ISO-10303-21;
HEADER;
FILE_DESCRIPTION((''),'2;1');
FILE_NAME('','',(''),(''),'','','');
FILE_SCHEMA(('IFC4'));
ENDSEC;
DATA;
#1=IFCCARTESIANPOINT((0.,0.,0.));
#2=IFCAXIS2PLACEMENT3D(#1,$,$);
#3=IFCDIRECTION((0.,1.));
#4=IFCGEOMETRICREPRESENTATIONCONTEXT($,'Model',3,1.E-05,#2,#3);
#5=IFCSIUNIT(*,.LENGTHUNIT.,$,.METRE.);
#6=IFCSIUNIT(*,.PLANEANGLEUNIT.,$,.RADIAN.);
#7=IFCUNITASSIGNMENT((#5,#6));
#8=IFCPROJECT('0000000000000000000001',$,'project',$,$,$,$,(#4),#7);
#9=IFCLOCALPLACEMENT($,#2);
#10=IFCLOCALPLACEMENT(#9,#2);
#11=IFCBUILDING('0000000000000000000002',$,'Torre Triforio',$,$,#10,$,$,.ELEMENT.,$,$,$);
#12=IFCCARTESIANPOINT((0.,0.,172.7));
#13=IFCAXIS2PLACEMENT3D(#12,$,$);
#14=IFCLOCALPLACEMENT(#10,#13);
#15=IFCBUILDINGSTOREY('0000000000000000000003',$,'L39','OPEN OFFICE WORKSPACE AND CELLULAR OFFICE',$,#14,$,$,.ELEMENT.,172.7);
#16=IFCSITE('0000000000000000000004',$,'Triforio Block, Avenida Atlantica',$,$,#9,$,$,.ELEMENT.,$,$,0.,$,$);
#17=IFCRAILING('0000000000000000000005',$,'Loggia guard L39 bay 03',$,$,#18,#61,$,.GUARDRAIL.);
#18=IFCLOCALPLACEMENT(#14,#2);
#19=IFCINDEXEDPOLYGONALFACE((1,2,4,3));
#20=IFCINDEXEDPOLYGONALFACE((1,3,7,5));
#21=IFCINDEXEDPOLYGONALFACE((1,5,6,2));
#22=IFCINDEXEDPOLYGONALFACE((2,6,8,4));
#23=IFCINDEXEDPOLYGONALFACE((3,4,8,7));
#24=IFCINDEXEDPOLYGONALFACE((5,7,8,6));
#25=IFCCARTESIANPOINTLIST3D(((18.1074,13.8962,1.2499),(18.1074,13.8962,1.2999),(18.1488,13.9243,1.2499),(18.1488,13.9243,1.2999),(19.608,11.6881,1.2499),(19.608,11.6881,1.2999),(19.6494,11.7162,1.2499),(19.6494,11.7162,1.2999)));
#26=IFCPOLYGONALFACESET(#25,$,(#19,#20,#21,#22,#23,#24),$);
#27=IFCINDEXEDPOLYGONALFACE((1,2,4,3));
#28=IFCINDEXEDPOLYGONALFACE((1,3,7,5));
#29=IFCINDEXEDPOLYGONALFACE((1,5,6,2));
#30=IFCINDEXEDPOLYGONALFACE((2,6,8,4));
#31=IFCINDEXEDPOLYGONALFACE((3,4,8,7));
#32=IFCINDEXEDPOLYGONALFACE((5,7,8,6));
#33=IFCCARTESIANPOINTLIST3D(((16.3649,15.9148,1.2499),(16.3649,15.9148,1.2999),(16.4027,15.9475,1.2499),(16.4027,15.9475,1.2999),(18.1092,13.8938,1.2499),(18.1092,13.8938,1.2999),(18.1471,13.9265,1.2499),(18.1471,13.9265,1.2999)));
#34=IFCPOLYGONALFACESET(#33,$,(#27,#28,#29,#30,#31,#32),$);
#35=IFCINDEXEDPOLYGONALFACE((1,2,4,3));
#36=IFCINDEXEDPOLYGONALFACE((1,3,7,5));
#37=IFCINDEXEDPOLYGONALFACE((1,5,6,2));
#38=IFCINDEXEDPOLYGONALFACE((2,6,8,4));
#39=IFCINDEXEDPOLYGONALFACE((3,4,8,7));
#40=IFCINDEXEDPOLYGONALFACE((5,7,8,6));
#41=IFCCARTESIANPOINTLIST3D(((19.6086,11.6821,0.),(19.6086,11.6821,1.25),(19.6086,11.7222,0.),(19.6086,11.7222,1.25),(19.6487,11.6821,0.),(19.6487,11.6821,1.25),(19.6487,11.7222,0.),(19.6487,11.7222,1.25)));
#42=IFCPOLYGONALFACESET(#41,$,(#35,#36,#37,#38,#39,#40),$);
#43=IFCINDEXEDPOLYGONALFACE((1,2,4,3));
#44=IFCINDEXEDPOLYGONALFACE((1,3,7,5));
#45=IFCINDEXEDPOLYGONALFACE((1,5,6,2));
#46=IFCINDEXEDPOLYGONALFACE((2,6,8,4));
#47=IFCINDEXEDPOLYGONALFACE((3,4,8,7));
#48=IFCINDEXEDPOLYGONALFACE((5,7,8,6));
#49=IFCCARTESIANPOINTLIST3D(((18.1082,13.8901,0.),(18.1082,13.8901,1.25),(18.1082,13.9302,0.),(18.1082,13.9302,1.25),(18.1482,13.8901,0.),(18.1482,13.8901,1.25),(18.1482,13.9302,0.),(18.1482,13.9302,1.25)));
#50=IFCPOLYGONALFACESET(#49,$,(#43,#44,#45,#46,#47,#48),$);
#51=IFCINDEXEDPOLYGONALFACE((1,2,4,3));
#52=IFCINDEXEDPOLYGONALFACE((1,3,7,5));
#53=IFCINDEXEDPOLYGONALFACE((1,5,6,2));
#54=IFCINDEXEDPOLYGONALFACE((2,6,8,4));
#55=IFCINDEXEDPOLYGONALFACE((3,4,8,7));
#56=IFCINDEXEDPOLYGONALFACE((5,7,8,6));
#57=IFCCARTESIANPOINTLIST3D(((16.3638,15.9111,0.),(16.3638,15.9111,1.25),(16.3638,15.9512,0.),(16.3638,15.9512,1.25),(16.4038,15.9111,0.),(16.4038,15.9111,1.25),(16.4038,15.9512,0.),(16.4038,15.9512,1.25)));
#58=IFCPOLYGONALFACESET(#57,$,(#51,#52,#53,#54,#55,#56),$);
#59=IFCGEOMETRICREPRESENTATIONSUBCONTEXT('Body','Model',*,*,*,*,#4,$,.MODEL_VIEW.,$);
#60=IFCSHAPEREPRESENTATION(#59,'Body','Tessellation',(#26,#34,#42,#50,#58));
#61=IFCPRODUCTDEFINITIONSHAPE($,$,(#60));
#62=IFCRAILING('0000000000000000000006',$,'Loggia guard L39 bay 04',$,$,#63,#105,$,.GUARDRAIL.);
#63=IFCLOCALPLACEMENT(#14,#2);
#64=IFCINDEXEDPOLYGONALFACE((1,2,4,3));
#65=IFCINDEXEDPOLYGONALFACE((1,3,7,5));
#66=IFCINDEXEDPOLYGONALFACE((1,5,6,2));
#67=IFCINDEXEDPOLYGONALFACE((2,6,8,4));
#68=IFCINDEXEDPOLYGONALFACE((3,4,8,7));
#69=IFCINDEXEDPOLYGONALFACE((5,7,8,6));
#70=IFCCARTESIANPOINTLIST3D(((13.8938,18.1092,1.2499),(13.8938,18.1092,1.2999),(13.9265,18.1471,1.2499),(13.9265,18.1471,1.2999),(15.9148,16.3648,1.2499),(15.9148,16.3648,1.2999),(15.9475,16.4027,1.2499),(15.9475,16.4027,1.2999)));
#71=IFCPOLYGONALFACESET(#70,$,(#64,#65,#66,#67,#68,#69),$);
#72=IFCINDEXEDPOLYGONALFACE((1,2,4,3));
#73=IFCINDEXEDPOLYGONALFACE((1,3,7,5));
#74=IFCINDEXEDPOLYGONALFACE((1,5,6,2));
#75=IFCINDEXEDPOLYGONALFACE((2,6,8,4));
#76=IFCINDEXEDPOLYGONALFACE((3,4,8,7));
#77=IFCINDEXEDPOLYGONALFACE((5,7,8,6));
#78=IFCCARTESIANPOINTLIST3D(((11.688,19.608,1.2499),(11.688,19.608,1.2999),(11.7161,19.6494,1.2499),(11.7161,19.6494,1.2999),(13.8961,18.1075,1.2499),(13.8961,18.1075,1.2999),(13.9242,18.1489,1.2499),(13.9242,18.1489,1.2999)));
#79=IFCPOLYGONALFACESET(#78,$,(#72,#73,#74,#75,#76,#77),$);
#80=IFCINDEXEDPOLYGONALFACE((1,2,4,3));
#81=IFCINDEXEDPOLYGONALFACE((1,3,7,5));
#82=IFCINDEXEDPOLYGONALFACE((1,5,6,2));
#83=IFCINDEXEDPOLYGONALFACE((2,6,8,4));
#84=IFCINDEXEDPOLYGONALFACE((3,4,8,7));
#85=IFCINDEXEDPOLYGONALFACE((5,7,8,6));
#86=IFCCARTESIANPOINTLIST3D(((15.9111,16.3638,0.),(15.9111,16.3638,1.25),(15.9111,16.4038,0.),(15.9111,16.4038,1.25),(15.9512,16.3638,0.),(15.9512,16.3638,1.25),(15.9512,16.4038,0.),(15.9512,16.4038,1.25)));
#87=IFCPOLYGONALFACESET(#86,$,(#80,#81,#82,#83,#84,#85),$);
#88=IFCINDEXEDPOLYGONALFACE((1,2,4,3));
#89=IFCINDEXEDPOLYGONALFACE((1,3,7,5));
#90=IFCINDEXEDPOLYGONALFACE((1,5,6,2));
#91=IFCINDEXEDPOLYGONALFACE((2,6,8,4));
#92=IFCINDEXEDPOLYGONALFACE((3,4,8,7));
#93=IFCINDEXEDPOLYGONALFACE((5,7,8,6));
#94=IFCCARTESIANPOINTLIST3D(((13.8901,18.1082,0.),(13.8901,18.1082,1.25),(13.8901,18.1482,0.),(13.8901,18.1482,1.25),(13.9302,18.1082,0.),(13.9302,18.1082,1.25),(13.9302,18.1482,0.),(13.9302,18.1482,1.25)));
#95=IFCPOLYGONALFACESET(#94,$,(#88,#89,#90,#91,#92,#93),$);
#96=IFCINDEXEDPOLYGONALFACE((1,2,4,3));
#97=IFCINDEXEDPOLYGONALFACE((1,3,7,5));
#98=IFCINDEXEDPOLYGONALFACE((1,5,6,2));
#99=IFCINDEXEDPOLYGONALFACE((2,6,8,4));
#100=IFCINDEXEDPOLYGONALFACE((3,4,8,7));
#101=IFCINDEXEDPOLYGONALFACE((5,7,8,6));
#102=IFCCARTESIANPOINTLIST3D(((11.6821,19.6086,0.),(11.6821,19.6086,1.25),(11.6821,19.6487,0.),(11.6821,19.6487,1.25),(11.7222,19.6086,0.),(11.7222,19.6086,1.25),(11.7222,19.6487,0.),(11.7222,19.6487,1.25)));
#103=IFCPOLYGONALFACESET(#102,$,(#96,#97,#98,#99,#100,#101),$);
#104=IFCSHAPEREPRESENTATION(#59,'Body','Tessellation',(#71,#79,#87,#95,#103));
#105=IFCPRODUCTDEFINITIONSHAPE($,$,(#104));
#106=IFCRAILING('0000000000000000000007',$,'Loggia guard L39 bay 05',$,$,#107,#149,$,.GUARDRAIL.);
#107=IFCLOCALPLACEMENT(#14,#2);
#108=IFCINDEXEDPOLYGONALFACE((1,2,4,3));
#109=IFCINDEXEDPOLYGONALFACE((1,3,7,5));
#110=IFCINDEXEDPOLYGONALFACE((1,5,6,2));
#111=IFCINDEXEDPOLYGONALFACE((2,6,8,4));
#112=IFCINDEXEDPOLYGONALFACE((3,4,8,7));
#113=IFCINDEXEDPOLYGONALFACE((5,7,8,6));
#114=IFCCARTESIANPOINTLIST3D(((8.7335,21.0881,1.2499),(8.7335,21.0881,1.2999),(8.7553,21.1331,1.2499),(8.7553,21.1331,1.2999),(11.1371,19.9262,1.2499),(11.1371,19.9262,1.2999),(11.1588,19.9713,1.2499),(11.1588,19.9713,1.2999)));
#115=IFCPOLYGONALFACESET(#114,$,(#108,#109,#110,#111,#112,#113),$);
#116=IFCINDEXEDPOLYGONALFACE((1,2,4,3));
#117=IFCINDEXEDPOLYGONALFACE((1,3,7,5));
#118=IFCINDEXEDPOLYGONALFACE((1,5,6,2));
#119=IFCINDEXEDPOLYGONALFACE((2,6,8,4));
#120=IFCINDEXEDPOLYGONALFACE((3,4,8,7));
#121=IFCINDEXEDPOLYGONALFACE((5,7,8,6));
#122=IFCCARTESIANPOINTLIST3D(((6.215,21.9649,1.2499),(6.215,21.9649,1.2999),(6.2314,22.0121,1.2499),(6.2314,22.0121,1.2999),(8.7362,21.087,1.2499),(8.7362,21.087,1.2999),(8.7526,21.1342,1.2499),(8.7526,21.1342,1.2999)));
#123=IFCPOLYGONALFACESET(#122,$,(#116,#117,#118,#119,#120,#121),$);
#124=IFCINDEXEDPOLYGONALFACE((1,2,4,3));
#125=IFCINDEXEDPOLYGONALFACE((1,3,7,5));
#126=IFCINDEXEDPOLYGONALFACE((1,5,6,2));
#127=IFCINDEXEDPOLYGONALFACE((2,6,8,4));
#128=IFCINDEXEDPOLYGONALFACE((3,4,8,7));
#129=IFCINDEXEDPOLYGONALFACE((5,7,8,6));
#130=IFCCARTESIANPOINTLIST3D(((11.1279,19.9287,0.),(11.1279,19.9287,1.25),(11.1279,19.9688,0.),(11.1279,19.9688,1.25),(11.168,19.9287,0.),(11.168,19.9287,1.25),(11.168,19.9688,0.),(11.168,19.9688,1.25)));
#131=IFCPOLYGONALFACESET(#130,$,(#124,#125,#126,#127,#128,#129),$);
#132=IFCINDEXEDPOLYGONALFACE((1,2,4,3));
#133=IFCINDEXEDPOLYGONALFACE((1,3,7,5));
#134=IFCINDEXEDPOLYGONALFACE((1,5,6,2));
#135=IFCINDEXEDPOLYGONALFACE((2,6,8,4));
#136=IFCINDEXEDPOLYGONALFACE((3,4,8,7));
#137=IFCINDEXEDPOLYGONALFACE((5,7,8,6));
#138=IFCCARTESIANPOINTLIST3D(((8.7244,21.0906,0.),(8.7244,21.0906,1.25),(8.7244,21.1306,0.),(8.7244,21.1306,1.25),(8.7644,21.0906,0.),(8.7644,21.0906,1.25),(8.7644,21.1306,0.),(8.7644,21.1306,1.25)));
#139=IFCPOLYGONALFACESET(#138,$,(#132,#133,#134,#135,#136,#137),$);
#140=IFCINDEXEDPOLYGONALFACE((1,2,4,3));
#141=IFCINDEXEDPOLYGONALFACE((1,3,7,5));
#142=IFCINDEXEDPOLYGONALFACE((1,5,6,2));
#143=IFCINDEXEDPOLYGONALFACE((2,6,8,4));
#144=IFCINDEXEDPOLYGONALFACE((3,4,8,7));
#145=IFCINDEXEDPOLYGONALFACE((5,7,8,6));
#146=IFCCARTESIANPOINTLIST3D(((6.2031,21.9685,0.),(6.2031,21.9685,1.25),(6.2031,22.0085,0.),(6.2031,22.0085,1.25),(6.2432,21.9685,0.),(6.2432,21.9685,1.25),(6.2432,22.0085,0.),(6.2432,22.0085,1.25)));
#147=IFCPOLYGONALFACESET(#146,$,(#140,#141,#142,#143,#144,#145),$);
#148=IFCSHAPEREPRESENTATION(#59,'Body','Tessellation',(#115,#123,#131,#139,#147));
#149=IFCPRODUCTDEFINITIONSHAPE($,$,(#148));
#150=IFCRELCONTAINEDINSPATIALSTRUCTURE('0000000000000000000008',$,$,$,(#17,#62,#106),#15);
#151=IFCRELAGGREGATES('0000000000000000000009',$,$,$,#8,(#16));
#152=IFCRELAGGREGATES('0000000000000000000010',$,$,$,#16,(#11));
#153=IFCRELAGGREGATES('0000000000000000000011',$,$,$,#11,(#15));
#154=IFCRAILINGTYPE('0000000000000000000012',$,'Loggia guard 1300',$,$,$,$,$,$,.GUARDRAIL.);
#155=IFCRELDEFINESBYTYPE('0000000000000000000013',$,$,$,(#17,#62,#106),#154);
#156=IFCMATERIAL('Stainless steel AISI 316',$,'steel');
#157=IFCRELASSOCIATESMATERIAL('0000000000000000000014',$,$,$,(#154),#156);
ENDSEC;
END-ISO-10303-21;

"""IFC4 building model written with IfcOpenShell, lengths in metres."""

from ifc_helpers import new_model, si_unit, direction, frame, origin, origin_2d, place, context, subcontext, project, spatial, rectangle, extrude, material, type_object, element, save


model = new_model("IFC4")

# Units and contexts
model_context = context("Model", 3, precision=1e-05, world=origin(), true_north=direction((0.0, 1.0)))
body_context = subcontext(model_context, "Body", "Model", "MODEL_VIEW")
ifc_project = project(units=[si_unit("LENGTHUNIT", "METRE"), si_unit("PLANEANGLEUNIT", "RADIAN")], contexts=[model_context])

# Site, building, storey
site_placement = place(None, origin())
site = spatial("IfcSite", under=ifc_project, at=site_placement, Name="Triforio Block, Avenida Atlantica", CompositionType="ELEMENT", RefElevation=0.0)
building_placement = place(site_placement, origin())
building = spatial("IfcBuilding", under=site, at=building_placement, Name="Torre Triforio", CompositionType="ELEMENT")
storey_placement = place(building_placement, frame((0.0, 0.0, 172.7)))
storey = spatial("IfcBuildingStorey", under=building, at=storey_placement, Name="L39", Description="OPEN OFFICE WORKSPACE AND CELLULAR OFFICE", CompositionType="ELEMENT", Elevation=172.7)

# Railings
ifc_material_1 = material(Name="Stainless steel AISI 316", Category="steel")
railing_type = type_object("IfcRailingType", Name="Loggia guard 1300", PredefinedType="GUARDRAIL", material=ifc_material_1)
railing_1_placement = place(storey_placement, frame((19.6287, 11.7021, 0.0)))
element("IfcRailing", 1, at=railing_1_placement, inside=storey, type_object=railing_type, Name="Loggia guard L39 bay 03", PredefinedType="GUARDRAIL", context=body_context, shape_type="SweptSolid", body=[
    extrude(rectangle(XDim=0.05, YDim=0.05, at=origin_2d()), frame((0.0, 0.0, 1.2749), z_axis=(-0.562065, 0.827093, 0.0), x_axis=(-0.827093, -0.562065, 0.0)), (0.0, 0.0, 1.0), 2.6697),
    extrude(rectangle(XDim=0.05, YDim=0.05, at=origin_2d()), frame((-1.5005, 2.208, 1.2749), z_axis=(-0.653401, 0.757012, 0.0), x_axis=(-0.757012, -0.653401, 0.0)), (0.0, 0.0, 1.0), 2.6697),
    extrude(rectangle(XDim=0.04, YDim=0.04, at=origin_2d()), origin(), (0.0, 0.0, 1.0), 1.25),
    extrude(rectangle(XDim=0.04, YDim=0.04, at=origin_2d()), frame((-1.5005, 2.208, 0.0)), (0.0, 0.0, 1.0), 1.25),
    extrude(rectangle(XDim=0.04, YDim=0.04, at=origin_2d()), frame((-3.2449, 4.229, 0.0)), (0.0, 0.0, 1.0), 1.25),
])
railing_2_placement = place(storey_placement, frame((15.9312, 16.3838, 0.0)))
element("IfcRailing", 2, at=railing_2_placement, inside=storey, type_object=railing_type, Name="Loggia guard L39 bay 04", PredefinedType="GUARDRAIL", context=body_context, shape_type="SweptSolid", body=[
    extrude(rectangle(XDim=0.05, YDim=0.05, at=origin_2d()), frame((0.0, 0.0, 1.2749), z_axis=(-0.757012, 0.653401, 0.0), x_axis=(-0.653401, -0.757012, 0.0)), (0.0, 0.0, 1.0), 2.6697),
    extrude(rectangle(XDim=0.05, YDim=0.05, at=origin_2d()), frame((-2.021, 1.7444, 1.2749), z_axis=(-0.827093, 0.562065, 0.0), x_axis=(-0.562065, -0.827093, 0.0)), (0.0, 0.0, 1.0), 2.6697),
    extrude(rectangle(XDim=0.04, YDim=0.04, at=origin_2d()), origin(), (0.0, 0.0, 1.0), 1.25),
    extrude(rectangle(XDim=0.04, YDim=0.04, at=origin_2d()), frame((-2.021, 1.7444, 0.0)), (0.0, 0.0, 1.0), 1.25),
    extrude(rectangle(XDim=0.04, YDim=0.04, at=origin_2d()), frame((-4.229, 3.2449, 0.0)), (0.0, 0.0, 1.0), 1.25),
])
railing_3_placement = place(storey_placement, frame((11.1479, 19.9487, 0.0)))
element("IfcRailing", 3, at=railing_3_placement, inside=storey, type_object=railing_type, Name="Loggia guard L39 bay 05", PredefinedType="GUARDRAIL", context=body_context, shape_type="SweptSolid", body=[
    extrude(rectangle(XDim=0.05, YDim=0.05, at=origin_2d()), frame((0.0, 0.0, 1.2749), z_axis=(-0.900328, 0.435212, 0.0), x_axis=(-0.435212, -0.900328, 0.0)), (0.0, 0.0, 1.0), 2.6697),
    extrude(rectangle(XDim=0.05, YDim=0.05, at=origin_2d()), frame((-2.4036, 1.1619, 1.2749), z_axis=(-0.944383, 0.328847, 0.0), x_axis=(-0.328847, -0.944383, 0.0)), (0.0, 0.0, 1.0), 2.6697),
    extrude(rectangle(XDim=0.04, YDim=0.04, at=origin_2d()), origin(), (0.0, 0.0, 1.0), 1.25),
    extrude(rectangle(XDim=0.04, YDim=0.04, at=origin_2d()), frame((-2.4036, 1.1619, 0.0)), (0.0, 0.0, 1.0), 1.25),
    extrude(rectangle(XDim=0.04, YDim=0.04, at=origin_2d()), frame((-4.9248, 2.0398, 0.0)), (0.0, 0.0, 1.0), 1.25),
])

save(model, "model.ifc")
